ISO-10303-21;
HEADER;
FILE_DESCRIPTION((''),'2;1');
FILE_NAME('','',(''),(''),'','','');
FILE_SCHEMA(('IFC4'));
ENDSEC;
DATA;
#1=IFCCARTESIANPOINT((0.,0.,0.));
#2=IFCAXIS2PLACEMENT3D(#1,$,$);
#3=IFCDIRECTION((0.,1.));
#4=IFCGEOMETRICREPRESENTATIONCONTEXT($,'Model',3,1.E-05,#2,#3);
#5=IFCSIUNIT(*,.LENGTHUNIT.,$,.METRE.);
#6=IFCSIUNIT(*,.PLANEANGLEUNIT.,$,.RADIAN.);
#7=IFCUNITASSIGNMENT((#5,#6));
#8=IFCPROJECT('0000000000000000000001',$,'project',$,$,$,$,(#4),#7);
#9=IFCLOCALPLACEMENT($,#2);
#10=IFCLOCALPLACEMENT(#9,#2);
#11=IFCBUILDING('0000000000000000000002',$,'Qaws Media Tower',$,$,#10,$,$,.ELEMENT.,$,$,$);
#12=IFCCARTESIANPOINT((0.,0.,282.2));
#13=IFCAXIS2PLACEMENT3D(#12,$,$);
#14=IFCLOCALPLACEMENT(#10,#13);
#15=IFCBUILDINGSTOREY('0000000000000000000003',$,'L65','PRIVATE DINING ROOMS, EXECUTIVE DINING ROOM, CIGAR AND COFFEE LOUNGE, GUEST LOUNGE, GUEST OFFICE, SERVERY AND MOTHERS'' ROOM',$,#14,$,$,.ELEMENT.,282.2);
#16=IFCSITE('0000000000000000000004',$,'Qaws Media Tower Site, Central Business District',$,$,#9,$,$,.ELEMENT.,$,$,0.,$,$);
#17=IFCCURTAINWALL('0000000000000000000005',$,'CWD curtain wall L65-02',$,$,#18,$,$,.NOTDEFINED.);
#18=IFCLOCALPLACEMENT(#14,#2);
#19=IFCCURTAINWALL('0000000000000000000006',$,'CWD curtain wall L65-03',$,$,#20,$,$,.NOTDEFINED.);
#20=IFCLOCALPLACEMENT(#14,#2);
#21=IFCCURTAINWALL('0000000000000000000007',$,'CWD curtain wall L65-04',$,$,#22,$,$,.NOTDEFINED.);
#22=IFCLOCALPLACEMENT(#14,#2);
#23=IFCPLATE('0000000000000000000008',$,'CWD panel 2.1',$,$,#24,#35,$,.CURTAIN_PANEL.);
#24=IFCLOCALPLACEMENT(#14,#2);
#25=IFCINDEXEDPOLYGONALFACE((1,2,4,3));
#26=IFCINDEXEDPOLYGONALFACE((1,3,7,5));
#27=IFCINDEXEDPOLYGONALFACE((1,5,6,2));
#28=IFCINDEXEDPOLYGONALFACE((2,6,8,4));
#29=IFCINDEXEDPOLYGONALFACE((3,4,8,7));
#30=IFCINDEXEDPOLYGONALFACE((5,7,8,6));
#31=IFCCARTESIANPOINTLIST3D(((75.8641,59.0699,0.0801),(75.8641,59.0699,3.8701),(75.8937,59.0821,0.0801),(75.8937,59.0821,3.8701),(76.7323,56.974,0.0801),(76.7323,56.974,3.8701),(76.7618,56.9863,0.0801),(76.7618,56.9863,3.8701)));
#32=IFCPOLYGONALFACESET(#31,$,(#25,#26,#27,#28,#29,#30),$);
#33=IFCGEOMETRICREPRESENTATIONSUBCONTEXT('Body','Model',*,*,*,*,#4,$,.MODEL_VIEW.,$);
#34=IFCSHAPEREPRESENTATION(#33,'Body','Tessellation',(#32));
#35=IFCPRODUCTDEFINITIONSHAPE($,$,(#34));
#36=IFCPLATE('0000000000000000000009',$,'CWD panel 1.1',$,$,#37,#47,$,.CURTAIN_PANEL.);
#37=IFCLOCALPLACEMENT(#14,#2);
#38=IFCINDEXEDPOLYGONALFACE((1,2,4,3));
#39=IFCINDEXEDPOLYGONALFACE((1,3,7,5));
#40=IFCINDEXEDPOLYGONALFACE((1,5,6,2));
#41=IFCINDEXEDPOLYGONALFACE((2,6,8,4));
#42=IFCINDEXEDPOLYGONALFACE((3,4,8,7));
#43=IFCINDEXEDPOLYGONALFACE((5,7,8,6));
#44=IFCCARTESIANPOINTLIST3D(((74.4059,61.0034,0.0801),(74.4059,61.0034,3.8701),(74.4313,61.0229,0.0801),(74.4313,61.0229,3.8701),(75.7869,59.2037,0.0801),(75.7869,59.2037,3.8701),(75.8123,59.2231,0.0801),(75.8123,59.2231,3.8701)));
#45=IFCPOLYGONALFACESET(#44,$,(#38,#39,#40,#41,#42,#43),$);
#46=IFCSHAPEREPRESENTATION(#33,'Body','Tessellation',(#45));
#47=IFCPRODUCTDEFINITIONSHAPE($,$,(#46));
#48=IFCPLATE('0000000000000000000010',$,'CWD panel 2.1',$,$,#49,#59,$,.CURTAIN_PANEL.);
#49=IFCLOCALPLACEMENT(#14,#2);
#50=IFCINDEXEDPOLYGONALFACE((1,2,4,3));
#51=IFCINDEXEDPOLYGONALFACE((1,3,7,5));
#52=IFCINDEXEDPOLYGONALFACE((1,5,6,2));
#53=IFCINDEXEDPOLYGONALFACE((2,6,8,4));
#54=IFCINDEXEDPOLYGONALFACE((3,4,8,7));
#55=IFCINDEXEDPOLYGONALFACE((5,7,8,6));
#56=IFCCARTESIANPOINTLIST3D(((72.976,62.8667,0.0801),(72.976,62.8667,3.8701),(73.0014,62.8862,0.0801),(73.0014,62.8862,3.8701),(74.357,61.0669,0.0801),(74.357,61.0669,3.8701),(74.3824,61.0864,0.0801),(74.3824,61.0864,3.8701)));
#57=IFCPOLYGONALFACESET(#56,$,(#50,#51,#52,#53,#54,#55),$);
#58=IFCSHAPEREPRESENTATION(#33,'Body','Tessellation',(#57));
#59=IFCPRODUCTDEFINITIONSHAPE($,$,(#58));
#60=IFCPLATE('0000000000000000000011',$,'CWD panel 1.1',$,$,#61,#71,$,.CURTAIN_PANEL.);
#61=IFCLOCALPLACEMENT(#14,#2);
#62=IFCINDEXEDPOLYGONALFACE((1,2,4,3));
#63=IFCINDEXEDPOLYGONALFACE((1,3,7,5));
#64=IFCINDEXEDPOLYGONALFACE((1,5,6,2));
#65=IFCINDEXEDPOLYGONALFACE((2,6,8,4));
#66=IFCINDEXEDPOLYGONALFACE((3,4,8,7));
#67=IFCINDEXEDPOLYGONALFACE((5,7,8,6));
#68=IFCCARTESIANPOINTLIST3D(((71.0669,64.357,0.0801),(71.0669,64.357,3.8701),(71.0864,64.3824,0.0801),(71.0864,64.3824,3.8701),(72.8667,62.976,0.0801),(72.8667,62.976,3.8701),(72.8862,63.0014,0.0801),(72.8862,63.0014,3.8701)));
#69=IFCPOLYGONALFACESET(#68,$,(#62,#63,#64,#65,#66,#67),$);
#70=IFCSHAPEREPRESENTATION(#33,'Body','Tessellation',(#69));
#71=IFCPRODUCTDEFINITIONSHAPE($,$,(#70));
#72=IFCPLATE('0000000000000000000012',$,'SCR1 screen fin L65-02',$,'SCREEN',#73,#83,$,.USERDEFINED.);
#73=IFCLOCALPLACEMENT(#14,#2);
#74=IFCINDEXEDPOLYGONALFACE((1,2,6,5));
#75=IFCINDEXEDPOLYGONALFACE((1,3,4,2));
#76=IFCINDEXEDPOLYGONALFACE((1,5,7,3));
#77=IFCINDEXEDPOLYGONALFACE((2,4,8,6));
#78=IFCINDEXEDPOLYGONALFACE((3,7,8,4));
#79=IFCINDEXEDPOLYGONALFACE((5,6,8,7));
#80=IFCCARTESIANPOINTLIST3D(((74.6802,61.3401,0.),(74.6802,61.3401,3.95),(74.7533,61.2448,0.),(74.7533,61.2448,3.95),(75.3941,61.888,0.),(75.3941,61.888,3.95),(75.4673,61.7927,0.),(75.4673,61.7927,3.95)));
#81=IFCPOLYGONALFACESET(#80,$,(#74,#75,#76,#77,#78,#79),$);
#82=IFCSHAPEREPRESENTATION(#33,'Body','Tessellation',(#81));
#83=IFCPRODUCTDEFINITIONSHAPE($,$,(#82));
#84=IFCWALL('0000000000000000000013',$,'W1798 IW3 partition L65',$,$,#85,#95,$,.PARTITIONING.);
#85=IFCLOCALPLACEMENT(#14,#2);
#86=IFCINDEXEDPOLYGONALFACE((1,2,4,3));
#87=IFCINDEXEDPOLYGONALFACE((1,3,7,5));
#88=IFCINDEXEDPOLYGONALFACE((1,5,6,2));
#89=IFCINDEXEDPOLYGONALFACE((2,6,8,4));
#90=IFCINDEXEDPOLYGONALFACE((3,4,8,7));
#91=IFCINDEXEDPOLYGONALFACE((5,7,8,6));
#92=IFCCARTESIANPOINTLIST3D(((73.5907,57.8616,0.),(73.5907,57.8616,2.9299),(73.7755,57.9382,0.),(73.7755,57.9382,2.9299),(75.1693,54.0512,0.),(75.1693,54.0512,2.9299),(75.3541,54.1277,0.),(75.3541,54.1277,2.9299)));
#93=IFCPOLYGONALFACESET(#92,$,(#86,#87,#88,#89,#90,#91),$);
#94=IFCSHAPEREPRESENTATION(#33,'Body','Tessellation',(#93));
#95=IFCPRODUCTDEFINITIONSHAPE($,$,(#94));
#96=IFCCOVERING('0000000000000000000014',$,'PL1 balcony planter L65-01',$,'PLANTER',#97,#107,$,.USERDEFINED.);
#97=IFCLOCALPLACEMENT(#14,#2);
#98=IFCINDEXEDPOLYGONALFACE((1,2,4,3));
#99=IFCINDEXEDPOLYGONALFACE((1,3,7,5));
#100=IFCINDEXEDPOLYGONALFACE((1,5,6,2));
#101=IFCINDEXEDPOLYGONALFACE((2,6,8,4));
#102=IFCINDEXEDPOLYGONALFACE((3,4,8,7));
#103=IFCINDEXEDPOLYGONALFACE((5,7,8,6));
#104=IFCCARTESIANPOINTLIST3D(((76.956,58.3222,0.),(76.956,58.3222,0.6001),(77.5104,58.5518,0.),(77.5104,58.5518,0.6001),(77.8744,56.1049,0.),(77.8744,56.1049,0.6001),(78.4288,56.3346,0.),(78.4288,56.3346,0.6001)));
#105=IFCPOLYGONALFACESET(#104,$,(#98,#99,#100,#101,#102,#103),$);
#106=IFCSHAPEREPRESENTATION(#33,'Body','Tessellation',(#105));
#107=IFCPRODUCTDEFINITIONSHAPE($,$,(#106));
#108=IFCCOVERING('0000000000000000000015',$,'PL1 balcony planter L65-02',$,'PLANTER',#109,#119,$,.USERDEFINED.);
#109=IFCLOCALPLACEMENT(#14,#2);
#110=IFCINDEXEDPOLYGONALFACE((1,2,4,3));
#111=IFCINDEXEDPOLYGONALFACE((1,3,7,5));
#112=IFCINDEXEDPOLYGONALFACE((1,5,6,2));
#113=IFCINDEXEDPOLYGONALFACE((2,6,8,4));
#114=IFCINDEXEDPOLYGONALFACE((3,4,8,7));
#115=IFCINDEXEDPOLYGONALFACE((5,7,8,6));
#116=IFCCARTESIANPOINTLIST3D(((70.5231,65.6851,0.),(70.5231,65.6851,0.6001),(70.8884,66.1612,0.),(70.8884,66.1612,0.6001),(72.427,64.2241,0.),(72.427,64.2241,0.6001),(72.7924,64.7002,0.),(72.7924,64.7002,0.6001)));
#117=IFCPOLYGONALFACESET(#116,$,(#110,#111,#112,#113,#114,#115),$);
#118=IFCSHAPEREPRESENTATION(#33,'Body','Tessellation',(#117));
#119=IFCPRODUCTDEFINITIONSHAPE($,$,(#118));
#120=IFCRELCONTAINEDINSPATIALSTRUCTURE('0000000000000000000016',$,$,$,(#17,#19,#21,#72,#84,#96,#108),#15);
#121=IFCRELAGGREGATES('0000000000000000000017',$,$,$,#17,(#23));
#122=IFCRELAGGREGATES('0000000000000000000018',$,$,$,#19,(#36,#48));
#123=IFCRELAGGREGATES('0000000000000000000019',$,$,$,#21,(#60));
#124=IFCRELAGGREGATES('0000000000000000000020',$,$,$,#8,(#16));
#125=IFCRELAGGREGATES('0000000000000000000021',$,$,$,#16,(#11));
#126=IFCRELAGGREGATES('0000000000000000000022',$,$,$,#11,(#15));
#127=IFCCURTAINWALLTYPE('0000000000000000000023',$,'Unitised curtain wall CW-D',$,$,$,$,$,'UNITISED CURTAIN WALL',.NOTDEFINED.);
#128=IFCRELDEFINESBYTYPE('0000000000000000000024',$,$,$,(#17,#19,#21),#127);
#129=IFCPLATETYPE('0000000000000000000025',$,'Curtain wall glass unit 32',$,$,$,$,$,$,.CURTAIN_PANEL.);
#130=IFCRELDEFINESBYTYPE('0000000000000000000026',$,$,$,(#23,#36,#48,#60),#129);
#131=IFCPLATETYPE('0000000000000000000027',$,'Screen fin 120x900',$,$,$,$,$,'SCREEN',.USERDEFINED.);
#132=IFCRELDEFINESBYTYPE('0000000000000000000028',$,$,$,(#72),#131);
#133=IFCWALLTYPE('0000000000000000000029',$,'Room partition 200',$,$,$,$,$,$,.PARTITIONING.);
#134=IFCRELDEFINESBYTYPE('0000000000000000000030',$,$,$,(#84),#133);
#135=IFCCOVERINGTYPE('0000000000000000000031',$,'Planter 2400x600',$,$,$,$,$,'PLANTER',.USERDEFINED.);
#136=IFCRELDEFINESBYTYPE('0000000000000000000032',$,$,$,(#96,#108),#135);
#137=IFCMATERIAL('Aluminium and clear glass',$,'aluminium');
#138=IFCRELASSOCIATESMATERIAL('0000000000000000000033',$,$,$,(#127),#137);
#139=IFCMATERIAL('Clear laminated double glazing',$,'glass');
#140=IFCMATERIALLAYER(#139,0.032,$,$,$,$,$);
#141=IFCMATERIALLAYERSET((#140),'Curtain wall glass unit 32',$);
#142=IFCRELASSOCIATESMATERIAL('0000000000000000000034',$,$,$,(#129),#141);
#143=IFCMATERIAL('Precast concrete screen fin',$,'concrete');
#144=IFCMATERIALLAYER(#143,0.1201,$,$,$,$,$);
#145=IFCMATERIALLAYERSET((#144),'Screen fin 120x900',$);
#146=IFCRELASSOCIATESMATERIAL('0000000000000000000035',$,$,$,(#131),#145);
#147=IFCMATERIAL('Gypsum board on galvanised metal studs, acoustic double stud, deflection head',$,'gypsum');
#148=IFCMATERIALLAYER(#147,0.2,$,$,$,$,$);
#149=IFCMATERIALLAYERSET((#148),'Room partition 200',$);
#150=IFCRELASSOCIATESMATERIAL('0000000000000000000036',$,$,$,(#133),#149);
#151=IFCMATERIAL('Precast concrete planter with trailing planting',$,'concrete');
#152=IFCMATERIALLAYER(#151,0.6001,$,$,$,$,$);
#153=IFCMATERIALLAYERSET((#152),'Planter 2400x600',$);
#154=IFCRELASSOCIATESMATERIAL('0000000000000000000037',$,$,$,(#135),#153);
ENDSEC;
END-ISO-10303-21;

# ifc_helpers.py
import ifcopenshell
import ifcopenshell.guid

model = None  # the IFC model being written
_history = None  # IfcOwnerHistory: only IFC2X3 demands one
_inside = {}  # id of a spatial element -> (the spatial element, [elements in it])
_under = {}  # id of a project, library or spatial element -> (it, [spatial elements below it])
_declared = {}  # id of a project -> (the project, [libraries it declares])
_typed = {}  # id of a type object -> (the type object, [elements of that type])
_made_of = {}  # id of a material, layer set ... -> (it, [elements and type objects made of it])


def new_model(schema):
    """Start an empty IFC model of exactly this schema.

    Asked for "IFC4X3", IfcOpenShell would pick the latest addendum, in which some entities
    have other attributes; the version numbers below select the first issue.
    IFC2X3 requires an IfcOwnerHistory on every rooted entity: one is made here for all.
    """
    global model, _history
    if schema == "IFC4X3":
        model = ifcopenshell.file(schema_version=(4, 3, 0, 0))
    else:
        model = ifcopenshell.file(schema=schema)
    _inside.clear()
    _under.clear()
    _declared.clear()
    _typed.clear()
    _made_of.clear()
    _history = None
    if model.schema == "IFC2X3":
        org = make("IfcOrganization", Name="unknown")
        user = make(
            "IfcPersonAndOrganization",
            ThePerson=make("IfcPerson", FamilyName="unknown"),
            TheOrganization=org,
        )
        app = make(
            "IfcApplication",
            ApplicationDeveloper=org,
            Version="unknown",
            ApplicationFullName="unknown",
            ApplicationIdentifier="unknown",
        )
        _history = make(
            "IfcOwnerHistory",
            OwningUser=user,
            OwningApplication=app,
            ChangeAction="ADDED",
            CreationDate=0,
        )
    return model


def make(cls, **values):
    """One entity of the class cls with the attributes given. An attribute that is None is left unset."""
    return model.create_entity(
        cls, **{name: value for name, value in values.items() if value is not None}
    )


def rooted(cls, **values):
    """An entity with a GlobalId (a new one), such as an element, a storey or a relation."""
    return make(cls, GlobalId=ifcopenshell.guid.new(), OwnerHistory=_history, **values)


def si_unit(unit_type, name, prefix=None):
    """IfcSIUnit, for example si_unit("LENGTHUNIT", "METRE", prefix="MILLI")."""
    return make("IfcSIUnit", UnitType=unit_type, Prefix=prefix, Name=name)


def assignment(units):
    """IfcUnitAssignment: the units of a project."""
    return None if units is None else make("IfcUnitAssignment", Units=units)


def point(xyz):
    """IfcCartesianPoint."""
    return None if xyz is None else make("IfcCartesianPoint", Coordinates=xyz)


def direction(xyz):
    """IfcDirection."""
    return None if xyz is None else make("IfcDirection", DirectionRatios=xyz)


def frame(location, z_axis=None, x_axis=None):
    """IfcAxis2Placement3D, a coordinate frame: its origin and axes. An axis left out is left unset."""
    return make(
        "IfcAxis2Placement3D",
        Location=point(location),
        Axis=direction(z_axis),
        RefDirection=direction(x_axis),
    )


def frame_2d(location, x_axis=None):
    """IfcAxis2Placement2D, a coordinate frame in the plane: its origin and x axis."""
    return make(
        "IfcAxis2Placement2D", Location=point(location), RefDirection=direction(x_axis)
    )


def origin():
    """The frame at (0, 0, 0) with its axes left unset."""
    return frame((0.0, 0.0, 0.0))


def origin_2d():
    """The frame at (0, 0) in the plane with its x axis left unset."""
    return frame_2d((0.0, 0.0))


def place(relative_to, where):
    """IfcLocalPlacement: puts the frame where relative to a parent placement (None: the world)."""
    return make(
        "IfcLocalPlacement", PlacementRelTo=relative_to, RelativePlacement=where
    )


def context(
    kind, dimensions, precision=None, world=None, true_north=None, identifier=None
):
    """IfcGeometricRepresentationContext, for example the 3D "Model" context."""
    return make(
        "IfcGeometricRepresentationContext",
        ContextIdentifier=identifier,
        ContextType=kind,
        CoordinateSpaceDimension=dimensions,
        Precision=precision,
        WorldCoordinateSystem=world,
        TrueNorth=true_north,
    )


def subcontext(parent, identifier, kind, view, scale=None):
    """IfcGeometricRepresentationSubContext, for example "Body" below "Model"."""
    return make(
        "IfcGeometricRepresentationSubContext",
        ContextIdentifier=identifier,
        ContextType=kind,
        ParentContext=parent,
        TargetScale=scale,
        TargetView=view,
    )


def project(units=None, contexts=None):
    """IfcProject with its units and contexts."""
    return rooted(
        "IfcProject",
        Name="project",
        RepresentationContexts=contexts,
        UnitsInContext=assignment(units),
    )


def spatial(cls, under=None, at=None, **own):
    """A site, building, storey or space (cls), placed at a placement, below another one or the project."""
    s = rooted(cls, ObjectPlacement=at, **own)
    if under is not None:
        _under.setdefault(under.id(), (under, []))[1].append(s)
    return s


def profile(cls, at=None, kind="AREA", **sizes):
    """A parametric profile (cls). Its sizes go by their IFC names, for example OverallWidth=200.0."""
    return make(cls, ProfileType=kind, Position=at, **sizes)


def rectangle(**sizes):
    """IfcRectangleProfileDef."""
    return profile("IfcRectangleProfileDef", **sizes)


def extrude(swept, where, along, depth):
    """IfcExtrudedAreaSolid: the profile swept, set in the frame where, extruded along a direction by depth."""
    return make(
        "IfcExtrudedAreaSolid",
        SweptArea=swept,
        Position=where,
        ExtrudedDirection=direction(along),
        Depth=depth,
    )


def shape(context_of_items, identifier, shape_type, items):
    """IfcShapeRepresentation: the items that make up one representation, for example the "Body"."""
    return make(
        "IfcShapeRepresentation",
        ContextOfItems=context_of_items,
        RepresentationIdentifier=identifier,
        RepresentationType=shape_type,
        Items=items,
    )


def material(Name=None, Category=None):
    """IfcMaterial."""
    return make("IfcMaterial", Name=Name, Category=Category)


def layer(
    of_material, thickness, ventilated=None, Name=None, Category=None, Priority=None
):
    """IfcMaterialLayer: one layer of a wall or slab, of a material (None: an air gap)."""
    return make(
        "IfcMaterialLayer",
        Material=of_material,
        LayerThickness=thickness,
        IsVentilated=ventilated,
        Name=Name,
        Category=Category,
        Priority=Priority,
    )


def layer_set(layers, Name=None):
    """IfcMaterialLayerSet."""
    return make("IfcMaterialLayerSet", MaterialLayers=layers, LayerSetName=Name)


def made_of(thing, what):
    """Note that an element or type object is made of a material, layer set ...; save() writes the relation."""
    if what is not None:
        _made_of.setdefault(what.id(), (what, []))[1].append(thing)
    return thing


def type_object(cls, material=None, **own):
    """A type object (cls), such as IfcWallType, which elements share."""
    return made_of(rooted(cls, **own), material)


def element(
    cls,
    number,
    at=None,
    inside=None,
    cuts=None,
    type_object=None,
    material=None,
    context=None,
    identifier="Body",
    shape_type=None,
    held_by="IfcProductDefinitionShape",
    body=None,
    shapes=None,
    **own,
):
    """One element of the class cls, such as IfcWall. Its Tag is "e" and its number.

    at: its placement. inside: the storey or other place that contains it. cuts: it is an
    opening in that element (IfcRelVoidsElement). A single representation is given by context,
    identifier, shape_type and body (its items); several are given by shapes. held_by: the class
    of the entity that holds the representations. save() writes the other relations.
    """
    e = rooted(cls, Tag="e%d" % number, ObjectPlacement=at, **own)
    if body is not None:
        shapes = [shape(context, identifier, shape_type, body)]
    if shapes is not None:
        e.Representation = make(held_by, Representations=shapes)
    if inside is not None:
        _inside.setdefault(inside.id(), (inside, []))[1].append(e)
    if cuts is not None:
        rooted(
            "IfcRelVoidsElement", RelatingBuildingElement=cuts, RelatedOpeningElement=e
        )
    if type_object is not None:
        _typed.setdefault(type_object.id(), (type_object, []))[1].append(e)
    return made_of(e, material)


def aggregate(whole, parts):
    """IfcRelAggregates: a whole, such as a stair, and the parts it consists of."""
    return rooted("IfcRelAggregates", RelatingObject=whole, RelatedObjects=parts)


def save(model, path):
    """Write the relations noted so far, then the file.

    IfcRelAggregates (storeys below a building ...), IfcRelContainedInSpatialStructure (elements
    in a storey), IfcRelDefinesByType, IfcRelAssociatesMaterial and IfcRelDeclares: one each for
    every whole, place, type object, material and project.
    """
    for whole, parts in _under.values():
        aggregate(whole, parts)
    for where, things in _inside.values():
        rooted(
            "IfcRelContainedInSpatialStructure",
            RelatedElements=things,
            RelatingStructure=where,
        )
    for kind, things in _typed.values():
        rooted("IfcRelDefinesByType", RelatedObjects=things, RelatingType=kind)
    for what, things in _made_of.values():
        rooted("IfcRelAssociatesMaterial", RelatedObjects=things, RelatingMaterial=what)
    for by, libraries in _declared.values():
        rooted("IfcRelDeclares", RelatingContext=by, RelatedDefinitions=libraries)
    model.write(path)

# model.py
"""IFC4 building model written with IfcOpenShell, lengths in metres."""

from ifc_helpers import new_model, si_unit, direction, frame, frame_2d, origin, origin_2d, place, context, subcontext, project, spatial, rectangle, extrude, material, layer, layer_set, type_object, element, aggregate, save


model = new_model("IFC4")

# Units and contexts
model_context = context("Model", 3, precision=1e-05, world=origin(), true_north=direction((0.0, 1.0)))
body_context = subcontext(model_context, "Body", "Model", "MODEL_VIEW")
ifc_project = project(units=[si_unit("LENGTHUNIT", "METRE"), si_unit("PLANEANGLEUNIT", "RADIAN")], contexts=[model_context])

# Site, building, storey
site_placement = place(None, origin())
site = spatial("IfcSite", under=ifc_project, at=site_placement, Name="Qaws Media Tower Site, Central Business District", CompositionType="ELEMENT", RefElevation=0.0)
building_placement = place(site_placement, origin())
building = spatial("IfcBuilding", under=site, at=building_placement, Name="Qaws Media Tower", CompositionType="ELEMENT")
storey_placement = place(building_placement, frame((0.0, 0.0, 282.2)))
storey = spatial("IfcBuildingStorey", under=building, at=storey_placement, Name="L65", Description="PRIVATE DINING ROOMS, EXECUTIVE DINING ROOM, CIGAR AND COFFEE LOUNGE, GUEST LOUNGE, GUEST OFFICE, SERVERY AND MOTHERS' ROOM", CompositionType="ELEMENT", Elevation=282.2)

# Curtain wall
ifc_material_1 = material(Name="Aluminium and clear glass", Category="aluminium")
curtain_wall_type = type_object("IfcCurtainWallType", Name="Unitised curtain wall CW-D", ElementType="UNITISED CURTAIN WALL", PredefinedType="NOTDEFINED", material=ifc_material_1)
curtain_wall_1_placement = place(storey_placement, origin())
curtain_wall_1 = element("IfcCurtainWall", 1, at=curtain_wall_1_placement, inside=storey, type_object=curtain_wall_type, Name="CWD curtain wall L65-02", PredefinedType="NOTDEFINED")

# Curtain wall
curtain_wall_2_placement = place(storey_placement, origin())
curtain_wall_2 = element("IfcCurtainWall", 2, at=curtain_wall_2_placement, inside=storey, type_object=curtain_wall_type, Name="CWD curtain wall L65-03", PredefinedType="NOTDEFINED")

# Curtain wall
curtain_wall_3_placement = place(storey_placement, origin())
curtain_wall_3 = element("IfcCurtainWall", 3, at=curtain_wall_3_placement, inside=storey, type_object=curtain_wall_type, Name="CWD curtain wall L65-04", PredefinedType="NOTDEFINED")

# Plates
ifc_material_2 = material(Name="Clear laminated double glazing", Category="glass")
ifc_layer_1 = layer(ifc_material_2, 0.032)
ifc_layer_set_1 = layer_set([ifc_layer_1], Name="Curtain wall glass unit 32")
plate_type_1 = type_object("IfcPlateType", Name="Curtain wall glass unit 32", PredefinedType="CURTAIN_PANEL", material=ifc_layer_set_1)
plate_1_placement = place(storey_placement, frame((76.313, 58.0281, 0.0801), z_axis=(0.0, 0.0, 1.0), x_axis=(-0.382684, 0.923879, 0.0)))
plate_1 = element("IfcPlate", 4, at=plate_1_placement, type_object=plate_type_1, Name="CWD panel 2.1", PredefinedType="CURTAIN_PANEL", context=body_context, shape_type="SweptSolid", body=[
    extrude(rectangle(XDim=2.2686, YDim=0.032, at=origin_2d()), origin(), (0.0, 0.0, 1.0), 3.79),
])
aggregate(curtain_wall_1, [plate_1])
plate_2_placement = place(storey_placement, frame((75.1091, 60.1133, 0.0801), z_axis=(0.0, 0.0, 1.0), x_axis=(-0.608761, 0.793353, 0.0)))
plate_2 = element("IfcPlate", 5, at=plate_2_placement, type_object=plate_type_1, Name="CWD panel 1.1", PredefinedType="CURTAIN_PANEL", context=body_context, shape_type="SweptSolid", body=[
    extrude(rectangle(XDim=2.2686, YDim=0.032, at=origin_2d()), origin(), (0.0, 0.0, 1.0), 3.79),
])
plate_3_placement = place(storey_placement, frame((73.6792, 61.9766, 0.0801), z_axis=(0.0, 0.0, 1.0), x_axis=(-0.608761, 0.793353, 0.0)))
plate_3 = element("IfcPlate", 6, at=plate_3_placement, type_object=plate_type_1, Name="CWD panel 2.1", PredefinedType="CURTAIN_PANEL", context=body_context, shape_type="SweptSolid", body=[
    extrude(rectangle(XDim=2.2686, YDim=0.032, at=origin_2d()), origin(), (0.0, 0.0, 1.0), 3.79),
])
aggregate(curtain_wall_2, [plate_2, plate_3])
plate_4_placement = place(storey_placement, frame((71.9766, 63.6792, 0.0801), z_axis=(0.0, 0.0, 1.0), x_axis=(-0.793353, 0.608761, 0.0)))
plate_4 = element("IfcPlate", 7, at=plate_4_placement, type_object=plate_type_1, Name="CWD panel 1.1", PredefinedType="CURTAIN_PANEL", context=body_context, shape_type="SweptSolid", body=[
    extrude(rectangle(XDim=2.2686, YDim=0.032, at=origin_2d()), origin(), (0.0, 0.0, 1.0), 3.79),
])
aggregate(curtain_wall_3, [plate_4])
ifc_material_3 = material(Name="Precast concrete screen fin", Category="concrete")
ifc_layer_2 = layer(ifc_material_3, 0.1201)
ifc_layer_set_2 = layer_set([ifc_layer_2], Name="Screen fin 120x900")
plate_type_2 = type_object("IfcPlateType", Name="Screen fin 120x900", ElementType="SCREEN", PredefinedType="USERDEFINED", material=ifc_layer_set_2)
plate_5_placement = place(storey_placement, frame((75.0737, 61.5664, 0.0), z_axis=(0.0, 0.0, 1.0), x_axis=(0.793353, 0.608761, 0.0)))
element("IfcPlate", 8, at=plate_5_placement, inside=storey, type_object=plate_type_2, Name="SCR1 screen fin L65-02", ObjectType="SCREEN", PredefinedType="USERDEFINED", context=body_context, shape_type="SweptSolid", body=[
    extrude(rectangle(XDim=0.8999, YDim=0.1201, at=origin_2d()), origin(), (0.0, 0.0, 1.0), 3.95),
])

# Wall
ifc_material_4 = material(Name="Gypsum board on galvanised metal studs, acoustic double stud, deflection head", Category="gypsum")
ifc_layer_3 = layer(ifc_material_4, 0.2)
ifc_layer_set_3 = layer_set([ifc_layer_3], Name="Room partition 200")
wall_type = type_object("IfcWallType", Name="Room partition 200", PredefinedType="PARTITIONING", material=ifc_layer_set_3)
wall_placement = place(storey_placement, frame((73.6831, 57.8999, 0.0), z_axis=(0.0, 0.0, 1.0), x_axis=(0.382732, -0.92386, 0.0)))
element("IfcWall", 9, at=wall_placement, inside=storey, type_object=wall_type, Name="W1798 IW3 partition L65", PredefinedType="PARTITIONING", context=body_context, shape_type="SweptSolid", body=[
    extrude(rectangle(XDim=4.1245, YDim=0.2, at=frame_2d((2.0623, 0.0))), origin(), (0.0, 0.0, 1.0), 2.9299),
])

# Coverings
ifc_material_5 = material(Name="Precast concrete planter with trailing planting", Category="concrete")
ifc_layer_4 = layer(ifc_material_5, 0.6001)
ifc_layer_set_4 = layer_set([ifc_layer_4], Name="Planter 2400x600")
covering_type = type_object("IfcCoveringType", Name="Planter 2400x600", ElementType="PLANTER", PredefinedType="USERDEFINED", material=ifc_layer_set_4)
for number, where, z_axis, x_axis, name in (
    (10, (77.6924, 57.3284, 0.0), (0.0, 0.0, 1.0), (-0.382683, 0.92388, 0.0), "PL1 balcony planter L65-01"),
    (11, (71.6577, 65.1926, 0.0), (0.0, 0.0, 1.0), (-0.793353, 0.608761, 0.0), "PL1 balcony planter L65-02"),
):
    element("IfcCovering", number, at=place(storey_placement, frame(where, z_axis=z_axis, x_axis=x_axis)), inside=storey, type_object=covering_type, Name=name, ObjectType="PLANTER", PredefinedType="USERDEFINED", context=body_context, shape_type="SweptSolid", body=[
        extrude(rectangle(XDim=2.3999, YDim=0.6001, at=origin_2d()), origin(), (0.0, 0.0, 1.0), 0.6001),
    ])

save(model, "model.ifc")
